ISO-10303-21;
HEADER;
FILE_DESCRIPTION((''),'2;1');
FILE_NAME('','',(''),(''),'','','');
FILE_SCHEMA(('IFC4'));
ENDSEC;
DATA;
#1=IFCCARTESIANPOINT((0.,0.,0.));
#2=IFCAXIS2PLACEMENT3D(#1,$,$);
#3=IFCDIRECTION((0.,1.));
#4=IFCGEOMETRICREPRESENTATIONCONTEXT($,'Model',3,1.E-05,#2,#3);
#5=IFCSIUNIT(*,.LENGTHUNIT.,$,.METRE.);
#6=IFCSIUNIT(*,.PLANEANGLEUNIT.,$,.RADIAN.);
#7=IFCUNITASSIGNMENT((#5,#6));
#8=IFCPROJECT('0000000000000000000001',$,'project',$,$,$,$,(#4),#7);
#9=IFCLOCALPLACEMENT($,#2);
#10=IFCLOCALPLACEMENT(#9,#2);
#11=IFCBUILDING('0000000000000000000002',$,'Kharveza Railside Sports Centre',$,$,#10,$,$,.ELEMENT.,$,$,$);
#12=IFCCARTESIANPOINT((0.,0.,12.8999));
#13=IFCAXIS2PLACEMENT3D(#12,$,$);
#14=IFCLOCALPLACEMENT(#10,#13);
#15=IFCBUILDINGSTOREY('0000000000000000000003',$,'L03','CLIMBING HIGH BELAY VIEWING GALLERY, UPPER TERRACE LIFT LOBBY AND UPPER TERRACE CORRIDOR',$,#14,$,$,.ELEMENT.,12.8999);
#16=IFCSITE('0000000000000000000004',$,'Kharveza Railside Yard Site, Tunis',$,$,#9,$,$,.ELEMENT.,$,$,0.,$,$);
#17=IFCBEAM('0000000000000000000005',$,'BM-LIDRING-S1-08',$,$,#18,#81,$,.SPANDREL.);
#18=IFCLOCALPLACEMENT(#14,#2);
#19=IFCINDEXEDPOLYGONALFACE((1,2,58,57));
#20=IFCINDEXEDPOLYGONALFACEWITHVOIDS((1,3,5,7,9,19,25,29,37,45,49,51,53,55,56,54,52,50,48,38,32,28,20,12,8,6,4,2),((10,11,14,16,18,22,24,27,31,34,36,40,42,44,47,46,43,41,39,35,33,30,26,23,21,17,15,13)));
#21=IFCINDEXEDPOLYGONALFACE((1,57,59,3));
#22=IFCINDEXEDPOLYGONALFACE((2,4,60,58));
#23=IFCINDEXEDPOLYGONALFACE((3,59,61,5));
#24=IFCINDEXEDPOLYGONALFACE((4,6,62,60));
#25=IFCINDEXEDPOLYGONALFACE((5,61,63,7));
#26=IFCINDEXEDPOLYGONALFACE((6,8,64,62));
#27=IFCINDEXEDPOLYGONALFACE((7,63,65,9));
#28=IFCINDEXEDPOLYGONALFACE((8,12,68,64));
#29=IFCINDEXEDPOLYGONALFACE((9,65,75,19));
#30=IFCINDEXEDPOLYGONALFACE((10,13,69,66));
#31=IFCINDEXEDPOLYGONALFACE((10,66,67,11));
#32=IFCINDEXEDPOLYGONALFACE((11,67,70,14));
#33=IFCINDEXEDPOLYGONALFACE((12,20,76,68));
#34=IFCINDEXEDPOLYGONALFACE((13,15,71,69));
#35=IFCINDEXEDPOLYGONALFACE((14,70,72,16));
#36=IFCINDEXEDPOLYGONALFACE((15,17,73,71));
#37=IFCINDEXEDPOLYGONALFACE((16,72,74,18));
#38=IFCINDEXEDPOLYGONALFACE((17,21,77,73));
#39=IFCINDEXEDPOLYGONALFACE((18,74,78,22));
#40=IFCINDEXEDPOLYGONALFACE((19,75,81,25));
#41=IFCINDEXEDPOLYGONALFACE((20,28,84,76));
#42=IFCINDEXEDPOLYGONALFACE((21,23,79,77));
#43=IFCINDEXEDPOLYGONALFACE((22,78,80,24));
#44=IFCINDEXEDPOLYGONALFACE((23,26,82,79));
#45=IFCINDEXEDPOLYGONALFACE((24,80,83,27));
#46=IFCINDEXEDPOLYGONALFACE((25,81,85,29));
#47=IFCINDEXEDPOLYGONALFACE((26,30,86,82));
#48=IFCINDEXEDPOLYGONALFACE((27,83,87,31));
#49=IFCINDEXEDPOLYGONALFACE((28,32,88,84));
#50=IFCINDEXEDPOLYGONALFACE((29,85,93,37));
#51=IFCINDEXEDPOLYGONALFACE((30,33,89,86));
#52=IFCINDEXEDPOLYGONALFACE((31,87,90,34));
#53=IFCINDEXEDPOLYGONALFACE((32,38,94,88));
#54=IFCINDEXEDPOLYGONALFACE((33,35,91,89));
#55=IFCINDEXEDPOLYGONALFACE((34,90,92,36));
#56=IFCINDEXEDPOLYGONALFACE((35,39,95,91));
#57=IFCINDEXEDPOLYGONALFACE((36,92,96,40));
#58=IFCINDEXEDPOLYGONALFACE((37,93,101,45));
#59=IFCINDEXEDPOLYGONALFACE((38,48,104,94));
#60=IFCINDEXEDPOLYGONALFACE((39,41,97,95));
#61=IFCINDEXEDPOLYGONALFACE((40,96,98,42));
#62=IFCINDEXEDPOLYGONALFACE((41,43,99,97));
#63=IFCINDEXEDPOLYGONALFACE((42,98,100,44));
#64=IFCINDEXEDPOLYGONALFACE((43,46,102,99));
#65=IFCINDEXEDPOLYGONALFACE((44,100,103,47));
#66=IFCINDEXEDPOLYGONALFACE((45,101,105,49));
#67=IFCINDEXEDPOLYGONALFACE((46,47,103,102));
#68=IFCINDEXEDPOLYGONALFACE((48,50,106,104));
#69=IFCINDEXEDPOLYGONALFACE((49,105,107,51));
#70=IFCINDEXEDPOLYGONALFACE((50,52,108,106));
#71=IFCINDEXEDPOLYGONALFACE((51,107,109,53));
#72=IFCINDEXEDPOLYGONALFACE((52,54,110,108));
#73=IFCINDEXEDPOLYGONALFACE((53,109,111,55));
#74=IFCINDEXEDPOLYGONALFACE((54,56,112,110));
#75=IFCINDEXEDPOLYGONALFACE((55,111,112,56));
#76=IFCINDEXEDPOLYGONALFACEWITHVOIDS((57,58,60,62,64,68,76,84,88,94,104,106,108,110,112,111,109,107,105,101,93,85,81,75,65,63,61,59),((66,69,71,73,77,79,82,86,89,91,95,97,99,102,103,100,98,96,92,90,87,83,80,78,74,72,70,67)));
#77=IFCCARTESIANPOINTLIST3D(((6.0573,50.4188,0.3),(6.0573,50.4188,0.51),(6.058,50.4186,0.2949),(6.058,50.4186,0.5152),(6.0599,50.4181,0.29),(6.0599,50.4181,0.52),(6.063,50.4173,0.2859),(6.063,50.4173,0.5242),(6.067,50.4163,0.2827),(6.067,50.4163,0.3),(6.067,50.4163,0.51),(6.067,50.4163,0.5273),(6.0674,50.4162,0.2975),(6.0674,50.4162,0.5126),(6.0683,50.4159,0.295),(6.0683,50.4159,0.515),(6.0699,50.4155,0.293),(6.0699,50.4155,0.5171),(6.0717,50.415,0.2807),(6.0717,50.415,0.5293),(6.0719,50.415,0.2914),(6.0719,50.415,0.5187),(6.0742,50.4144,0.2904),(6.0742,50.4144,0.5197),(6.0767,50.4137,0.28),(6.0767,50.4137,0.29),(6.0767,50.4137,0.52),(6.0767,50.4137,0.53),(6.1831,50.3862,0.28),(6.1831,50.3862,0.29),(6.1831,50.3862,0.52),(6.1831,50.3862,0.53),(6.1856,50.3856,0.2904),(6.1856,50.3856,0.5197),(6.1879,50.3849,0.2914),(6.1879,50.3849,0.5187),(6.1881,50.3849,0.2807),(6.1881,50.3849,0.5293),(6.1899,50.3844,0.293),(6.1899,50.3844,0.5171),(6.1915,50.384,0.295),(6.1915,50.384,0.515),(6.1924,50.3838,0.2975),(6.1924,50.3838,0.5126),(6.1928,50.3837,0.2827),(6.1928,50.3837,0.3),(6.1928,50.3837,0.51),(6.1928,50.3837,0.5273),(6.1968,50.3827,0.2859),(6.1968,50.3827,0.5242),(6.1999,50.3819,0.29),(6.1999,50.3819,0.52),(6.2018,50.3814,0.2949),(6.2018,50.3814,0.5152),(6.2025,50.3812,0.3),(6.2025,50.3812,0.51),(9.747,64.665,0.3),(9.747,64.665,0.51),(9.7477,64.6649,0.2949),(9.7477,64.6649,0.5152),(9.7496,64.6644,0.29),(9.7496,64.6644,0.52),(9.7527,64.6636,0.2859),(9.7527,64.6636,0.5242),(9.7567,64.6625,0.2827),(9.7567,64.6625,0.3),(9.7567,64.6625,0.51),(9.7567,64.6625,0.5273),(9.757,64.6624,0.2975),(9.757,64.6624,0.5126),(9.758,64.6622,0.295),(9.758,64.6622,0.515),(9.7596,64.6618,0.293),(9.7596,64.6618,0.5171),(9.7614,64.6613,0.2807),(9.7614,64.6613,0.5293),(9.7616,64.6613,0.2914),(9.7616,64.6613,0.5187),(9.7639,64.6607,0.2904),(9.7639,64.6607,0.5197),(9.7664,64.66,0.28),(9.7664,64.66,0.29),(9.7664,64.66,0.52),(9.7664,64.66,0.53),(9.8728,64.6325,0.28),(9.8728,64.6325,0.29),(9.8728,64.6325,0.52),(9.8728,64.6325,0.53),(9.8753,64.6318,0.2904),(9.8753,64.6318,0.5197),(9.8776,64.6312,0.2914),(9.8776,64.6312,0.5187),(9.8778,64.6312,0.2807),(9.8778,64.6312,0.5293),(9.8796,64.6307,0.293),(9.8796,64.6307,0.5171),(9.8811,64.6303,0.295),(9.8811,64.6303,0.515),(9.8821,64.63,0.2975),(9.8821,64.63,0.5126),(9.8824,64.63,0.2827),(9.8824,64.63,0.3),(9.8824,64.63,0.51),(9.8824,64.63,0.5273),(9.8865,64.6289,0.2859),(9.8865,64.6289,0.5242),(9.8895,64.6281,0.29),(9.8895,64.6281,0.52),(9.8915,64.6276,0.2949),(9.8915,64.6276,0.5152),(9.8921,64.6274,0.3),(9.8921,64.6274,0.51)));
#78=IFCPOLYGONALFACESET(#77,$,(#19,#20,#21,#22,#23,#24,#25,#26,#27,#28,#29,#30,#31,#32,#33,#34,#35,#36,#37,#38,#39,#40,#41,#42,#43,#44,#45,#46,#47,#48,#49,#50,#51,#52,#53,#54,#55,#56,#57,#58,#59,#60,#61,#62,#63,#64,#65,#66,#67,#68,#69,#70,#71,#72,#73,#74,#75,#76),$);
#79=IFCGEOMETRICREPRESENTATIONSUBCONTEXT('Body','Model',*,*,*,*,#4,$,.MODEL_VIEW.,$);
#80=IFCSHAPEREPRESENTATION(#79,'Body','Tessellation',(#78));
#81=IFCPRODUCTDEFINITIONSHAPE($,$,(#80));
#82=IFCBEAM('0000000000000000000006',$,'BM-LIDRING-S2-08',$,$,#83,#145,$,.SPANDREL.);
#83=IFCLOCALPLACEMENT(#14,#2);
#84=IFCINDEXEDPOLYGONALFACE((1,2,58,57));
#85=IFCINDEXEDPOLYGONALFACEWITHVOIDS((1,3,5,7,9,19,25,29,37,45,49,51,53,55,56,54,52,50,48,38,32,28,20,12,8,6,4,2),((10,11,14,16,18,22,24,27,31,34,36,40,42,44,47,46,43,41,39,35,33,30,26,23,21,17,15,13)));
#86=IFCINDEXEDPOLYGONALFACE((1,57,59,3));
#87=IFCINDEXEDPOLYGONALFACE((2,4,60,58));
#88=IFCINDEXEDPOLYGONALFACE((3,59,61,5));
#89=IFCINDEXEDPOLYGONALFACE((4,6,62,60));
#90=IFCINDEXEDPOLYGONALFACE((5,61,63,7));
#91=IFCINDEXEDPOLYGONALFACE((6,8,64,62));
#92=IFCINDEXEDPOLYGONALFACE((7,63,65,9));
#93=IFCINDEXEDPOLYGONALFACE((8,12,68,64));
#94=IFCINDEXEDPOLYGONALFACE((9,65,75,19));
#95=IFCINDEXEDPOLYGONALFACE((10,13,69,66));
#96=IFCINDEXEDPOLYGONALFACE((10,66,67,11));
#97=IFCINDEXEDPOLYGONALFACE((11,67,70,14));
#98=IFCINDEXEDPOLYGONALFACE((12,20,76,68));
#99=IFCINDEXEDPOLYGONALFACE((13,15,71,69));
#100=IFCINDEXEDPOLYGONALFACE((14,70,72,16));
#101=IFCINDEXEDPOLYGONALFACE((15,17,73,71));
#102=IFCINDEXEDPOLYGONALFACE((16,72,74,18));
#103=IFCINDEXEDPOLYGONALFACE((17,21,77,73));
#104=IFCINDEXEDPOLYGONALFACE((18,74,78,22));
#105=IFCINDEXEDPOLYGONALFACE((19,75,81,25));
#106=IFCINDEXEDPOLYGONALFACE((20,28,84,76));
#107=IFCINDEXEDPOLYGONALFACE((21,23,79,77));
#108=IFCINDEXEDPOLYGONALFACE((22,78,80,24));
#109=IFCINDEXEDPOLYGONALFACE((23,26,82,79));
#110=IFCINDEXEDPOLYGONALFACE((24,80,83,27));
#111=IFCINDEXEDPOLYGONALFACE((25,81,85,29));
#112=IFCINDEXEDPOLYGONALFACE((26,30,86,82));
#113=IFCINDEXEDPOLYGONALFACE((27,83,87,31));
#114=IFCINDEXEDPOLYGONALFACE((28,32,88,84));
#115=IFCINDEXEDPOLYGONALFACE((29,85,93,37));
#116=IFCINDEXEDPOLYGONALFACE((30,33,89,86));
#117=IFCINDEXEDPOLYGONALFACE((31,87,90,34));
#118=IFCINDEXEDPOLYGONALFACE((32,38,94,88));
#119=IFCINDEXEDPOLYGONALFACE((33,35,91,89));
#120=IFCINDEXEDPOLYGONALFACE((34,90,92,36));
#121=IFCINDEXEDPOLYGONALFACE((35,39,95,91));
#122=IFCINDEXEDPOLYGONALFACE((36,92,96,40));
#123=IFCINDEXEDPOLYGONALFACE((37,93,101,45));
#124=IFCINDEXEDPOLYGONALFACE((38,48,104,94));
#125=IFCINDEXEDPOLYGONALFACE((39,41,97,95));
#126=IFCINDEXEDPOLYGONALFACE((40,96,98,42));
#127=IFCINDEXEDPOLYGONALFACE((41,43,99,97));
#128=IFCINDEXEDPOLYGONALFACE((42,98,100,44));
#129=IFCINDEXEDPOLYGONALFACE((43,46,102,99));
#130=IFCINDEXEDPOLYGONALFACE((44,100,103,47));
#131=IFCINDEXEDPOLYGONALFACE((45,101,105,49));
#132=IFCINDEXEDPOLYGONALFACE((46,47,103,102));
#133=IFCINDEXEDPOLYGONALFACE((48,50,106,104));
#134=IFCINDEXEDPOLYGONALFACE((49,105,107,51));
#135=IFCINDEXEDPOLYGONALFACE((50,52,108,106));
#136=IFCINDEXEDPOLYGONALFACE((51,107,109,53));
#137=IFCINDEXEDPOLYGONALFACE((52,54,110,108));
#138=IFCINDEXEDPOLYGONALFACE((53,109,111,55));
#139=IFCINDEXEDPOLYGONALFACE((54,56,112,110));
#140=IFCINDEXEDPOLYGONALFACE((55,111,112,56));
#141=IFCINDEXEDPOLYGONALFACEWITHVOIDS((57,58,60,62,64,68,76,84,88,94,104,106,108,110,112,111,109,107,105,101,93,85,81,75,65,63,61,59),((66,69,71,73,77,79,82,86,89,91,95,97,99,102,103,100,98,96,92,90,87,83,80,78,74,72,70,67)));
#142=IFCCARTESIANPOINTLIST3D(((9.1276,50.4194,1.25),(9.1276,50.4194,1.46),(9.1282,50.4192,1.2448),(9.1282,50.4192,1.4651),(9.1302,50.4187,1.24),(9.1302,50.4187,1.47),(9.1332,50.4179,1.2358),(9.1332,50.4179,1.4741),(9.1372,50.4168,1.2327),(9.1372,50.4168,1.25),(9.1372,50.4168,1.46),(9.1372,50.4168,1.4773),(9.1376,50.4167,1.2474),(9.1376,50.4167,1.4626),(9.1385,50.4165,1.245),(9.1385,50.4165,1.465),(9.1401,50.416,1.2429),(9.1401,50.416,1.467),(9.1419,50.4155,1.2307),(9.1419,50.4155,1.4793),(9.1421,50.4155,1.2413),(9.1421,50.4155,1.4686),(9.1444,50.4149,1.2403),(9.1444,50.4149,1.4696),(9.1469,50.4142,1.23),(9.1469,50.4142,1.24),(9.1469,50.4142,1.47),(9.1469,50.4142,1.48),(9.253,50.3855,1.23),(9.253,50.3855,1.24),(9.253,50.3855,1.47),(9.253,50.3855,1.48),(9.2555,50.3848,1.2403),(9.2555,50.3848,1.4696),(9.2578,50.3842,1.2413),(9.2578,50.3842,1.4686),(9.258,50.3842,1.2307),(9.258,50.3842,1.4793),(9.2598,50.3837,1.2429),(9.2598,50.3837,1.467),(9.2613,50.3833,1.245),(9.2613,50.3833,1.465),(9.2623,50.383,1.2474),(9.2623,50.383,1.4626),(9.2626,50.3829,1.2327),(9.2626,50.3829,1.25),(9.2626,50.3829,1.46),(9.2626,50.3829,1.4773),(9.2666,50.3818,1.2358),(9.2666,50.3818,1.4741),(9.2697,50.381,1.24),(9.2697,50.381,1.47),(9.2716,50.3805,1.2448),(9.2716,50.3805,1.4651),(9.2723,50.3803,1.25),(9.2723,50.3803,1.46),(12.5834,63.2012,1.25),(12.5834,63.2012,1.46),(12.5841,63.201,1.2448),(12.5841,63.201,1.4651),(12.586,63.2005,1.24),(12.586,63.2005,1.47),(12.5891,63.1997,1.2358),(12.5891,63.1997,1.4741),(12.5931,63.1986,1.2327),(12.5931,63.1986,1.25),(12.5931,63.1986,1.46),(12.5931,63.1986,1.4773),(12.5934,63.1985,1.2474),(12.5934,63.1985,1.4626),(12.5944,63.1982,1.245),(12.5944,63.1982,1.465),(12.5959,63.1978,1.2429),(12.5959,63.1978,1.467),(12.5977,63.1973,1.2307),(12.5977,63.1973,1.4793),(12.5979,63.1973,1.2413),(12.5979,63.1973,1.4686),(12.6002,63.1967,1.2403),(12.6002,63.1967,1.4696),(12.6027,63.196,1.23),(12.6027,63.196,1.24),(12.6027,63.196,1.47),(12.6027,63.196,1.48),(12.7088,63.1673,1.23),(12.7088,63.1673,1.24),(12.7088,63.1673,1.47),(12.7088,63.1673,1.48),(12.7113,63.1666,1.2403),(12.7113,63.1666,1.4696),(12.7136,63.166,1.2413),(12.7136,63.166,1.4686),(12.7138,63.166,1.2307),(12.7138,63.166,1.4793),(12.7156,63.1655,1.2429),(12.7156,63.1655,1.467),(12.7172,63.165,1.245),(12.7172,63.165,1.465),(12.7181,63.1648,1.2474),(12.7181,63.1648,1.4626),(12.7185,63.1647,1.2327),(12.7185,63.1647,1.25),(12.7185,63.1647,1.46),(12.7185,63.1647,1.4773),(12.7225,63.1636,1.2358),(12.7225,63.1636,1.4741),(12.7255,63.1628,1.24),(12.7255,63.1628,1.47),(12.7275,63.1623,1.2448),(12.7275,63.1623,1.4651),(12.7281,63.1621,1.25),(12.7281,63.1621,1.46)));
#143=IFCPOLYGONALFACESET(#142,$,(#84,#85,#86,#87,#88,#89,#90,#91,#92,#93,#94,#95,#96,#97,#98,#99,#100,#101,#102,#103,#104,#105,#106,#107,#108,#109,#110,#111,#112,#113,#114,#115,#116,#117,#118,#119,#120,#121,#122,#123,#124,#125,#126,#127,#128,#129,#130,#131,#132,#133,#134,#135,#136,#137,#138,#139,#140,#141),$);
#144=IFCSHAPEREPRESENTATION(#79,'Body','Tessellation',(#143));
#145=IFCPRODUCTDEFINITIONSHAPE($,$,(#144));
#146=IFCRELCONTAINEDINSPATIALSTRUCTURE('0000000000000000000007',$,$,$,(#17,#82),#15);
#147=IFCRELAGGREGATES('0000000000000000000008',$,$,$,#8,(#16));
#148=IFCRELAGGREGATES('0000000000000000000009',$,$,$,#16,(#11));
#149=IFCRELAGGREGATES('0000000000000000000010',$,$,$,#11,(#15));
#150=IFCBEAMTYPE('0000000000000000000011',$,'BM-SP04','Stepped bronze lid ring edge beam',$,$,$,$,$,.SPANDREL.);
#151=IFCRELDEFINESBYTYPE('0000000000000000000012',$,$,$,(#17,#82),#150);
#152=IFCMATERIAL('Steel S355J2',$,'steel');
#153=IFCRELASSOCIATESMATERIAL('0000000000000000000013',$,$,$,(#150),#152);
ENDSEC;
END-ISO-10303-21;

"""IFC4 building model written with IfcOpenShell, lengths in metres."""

from ifc_helpers import new_model, si_unit, direction, frame, origin, origin_2d, place, context, subcontext, project, spatial, hollow_rectangle, extrude, material, material_profile, profile_set, type_object, element, save


model = new_model("IFC4")

# Units and contexts
model_context = context("Model", 3, precision=1e-05, world=origin(), true_north=direction((0.0, 1.0)))
body_context = subcontext(model_context, "Body", "Model", "MODEL_VIEW")
ifc_project = project(units=[si_unit("LENGTHUNIT", "METRE"), si_unit("PLANEANGLEUNIT", "RADIAN")], contexts=[model_context])

# Site, building, storey
site_placement = place(None, origin())
site = spatial("IfcSite", under=ifc_project, at=site_placement, Name="Kharveza Railside Yard Site, Tunis", CompositionType="ELEMENT", RefElevation=0.0)
building_placement = place(site_placement, origin())
building = spatial("IfcBuilding", under=site, at=building_placement, Name="Kharveza Railside Sports Centre", CompositionType="ELEMENT")
storey_placement = place(building_placement, frame((0.0, 0.0, 12.8999)))
storey = spatial("IfcBuildingStorey", under=building, at=storey_placement, Name="L03", Description="CLIMBING HIGH BELAY VIEWING GALLERY, UPPER TERRACE LIFT LOBBY AND UPPER TERRACE CORRIDOR", CompositionType="ELEMENT", Elevation=12.8999)

# Beams
ifc_material_1 = material(Name="Steel S355J2", Category="steel")
ifc_material_profile_1 = material_profile(ifc_material_1, hollow_rectangle(XDim=0.1499, YDim=0.25, WallThickness=0.01, InnerFilletRadius=0.01, OuterFilletRadius=0.02, at=origin_2d()), Name="RHS 150x250x10.0")
ifc_profile_set_1 = profile_set([ifc_material_profile_1], Name="Steel S355J2")
beam_type = type_object("IfcBeamType", Name="BM-SP04", Description="Stepped bronze lid ring edge beam", PredefinedType="SPANDREL", material=ifc_profile_set_1)
beam_1_placement = place(storey_placement, frame((9.8196, 64.6462, 0.405), z_axis=(-0.25072, -0.96806, 0.0), x_axis=(0.96806, -0.25072, 0.0)))
element("IfcBeam", 1, at=beam_1_placement, inside=storey, type_object=beam_type, Name="BM-LIDRING-S1-08", PredefinedType="SPANDREL", context=body_context, shape_type="SweptSolid", body=[
    extrude(hollow_rectangle(XDim=0.1499, YDim=0.25, WallThickness=0.01, InnerFilletRadius=0.01, OuterFilletRadius=0.02, at=origin_2d()), origin(), (0.0, 0.0, 1.0), 14.7163),
])
beam_2_placement = place(storey_placement, frame((12.6558, 63.1816, 1.355), z_axis=(-0.261, -0.965339, 0.0), x_axis=(0.965339, -0.261, 0.0)))
element("IfcBeam", 2, at=beam_2_placement, inside=storey, type_object=beam_type, Name="BM-LIDRING-S2-08", PredefinedType="SPANDREL", context=body_context, shape_type="SweptSolid", body=[
    extrude(hollow_rectangle(XDim=0.1499, YDim=0.25, WallThickness=0.01, InnerFilletRadius=0.01, OuterFilletRadius=0.02, at=origin_2d()), origin(), (0.0, 0.0, 1.0), 13.2407),
])

save(model, "model.ifc")
